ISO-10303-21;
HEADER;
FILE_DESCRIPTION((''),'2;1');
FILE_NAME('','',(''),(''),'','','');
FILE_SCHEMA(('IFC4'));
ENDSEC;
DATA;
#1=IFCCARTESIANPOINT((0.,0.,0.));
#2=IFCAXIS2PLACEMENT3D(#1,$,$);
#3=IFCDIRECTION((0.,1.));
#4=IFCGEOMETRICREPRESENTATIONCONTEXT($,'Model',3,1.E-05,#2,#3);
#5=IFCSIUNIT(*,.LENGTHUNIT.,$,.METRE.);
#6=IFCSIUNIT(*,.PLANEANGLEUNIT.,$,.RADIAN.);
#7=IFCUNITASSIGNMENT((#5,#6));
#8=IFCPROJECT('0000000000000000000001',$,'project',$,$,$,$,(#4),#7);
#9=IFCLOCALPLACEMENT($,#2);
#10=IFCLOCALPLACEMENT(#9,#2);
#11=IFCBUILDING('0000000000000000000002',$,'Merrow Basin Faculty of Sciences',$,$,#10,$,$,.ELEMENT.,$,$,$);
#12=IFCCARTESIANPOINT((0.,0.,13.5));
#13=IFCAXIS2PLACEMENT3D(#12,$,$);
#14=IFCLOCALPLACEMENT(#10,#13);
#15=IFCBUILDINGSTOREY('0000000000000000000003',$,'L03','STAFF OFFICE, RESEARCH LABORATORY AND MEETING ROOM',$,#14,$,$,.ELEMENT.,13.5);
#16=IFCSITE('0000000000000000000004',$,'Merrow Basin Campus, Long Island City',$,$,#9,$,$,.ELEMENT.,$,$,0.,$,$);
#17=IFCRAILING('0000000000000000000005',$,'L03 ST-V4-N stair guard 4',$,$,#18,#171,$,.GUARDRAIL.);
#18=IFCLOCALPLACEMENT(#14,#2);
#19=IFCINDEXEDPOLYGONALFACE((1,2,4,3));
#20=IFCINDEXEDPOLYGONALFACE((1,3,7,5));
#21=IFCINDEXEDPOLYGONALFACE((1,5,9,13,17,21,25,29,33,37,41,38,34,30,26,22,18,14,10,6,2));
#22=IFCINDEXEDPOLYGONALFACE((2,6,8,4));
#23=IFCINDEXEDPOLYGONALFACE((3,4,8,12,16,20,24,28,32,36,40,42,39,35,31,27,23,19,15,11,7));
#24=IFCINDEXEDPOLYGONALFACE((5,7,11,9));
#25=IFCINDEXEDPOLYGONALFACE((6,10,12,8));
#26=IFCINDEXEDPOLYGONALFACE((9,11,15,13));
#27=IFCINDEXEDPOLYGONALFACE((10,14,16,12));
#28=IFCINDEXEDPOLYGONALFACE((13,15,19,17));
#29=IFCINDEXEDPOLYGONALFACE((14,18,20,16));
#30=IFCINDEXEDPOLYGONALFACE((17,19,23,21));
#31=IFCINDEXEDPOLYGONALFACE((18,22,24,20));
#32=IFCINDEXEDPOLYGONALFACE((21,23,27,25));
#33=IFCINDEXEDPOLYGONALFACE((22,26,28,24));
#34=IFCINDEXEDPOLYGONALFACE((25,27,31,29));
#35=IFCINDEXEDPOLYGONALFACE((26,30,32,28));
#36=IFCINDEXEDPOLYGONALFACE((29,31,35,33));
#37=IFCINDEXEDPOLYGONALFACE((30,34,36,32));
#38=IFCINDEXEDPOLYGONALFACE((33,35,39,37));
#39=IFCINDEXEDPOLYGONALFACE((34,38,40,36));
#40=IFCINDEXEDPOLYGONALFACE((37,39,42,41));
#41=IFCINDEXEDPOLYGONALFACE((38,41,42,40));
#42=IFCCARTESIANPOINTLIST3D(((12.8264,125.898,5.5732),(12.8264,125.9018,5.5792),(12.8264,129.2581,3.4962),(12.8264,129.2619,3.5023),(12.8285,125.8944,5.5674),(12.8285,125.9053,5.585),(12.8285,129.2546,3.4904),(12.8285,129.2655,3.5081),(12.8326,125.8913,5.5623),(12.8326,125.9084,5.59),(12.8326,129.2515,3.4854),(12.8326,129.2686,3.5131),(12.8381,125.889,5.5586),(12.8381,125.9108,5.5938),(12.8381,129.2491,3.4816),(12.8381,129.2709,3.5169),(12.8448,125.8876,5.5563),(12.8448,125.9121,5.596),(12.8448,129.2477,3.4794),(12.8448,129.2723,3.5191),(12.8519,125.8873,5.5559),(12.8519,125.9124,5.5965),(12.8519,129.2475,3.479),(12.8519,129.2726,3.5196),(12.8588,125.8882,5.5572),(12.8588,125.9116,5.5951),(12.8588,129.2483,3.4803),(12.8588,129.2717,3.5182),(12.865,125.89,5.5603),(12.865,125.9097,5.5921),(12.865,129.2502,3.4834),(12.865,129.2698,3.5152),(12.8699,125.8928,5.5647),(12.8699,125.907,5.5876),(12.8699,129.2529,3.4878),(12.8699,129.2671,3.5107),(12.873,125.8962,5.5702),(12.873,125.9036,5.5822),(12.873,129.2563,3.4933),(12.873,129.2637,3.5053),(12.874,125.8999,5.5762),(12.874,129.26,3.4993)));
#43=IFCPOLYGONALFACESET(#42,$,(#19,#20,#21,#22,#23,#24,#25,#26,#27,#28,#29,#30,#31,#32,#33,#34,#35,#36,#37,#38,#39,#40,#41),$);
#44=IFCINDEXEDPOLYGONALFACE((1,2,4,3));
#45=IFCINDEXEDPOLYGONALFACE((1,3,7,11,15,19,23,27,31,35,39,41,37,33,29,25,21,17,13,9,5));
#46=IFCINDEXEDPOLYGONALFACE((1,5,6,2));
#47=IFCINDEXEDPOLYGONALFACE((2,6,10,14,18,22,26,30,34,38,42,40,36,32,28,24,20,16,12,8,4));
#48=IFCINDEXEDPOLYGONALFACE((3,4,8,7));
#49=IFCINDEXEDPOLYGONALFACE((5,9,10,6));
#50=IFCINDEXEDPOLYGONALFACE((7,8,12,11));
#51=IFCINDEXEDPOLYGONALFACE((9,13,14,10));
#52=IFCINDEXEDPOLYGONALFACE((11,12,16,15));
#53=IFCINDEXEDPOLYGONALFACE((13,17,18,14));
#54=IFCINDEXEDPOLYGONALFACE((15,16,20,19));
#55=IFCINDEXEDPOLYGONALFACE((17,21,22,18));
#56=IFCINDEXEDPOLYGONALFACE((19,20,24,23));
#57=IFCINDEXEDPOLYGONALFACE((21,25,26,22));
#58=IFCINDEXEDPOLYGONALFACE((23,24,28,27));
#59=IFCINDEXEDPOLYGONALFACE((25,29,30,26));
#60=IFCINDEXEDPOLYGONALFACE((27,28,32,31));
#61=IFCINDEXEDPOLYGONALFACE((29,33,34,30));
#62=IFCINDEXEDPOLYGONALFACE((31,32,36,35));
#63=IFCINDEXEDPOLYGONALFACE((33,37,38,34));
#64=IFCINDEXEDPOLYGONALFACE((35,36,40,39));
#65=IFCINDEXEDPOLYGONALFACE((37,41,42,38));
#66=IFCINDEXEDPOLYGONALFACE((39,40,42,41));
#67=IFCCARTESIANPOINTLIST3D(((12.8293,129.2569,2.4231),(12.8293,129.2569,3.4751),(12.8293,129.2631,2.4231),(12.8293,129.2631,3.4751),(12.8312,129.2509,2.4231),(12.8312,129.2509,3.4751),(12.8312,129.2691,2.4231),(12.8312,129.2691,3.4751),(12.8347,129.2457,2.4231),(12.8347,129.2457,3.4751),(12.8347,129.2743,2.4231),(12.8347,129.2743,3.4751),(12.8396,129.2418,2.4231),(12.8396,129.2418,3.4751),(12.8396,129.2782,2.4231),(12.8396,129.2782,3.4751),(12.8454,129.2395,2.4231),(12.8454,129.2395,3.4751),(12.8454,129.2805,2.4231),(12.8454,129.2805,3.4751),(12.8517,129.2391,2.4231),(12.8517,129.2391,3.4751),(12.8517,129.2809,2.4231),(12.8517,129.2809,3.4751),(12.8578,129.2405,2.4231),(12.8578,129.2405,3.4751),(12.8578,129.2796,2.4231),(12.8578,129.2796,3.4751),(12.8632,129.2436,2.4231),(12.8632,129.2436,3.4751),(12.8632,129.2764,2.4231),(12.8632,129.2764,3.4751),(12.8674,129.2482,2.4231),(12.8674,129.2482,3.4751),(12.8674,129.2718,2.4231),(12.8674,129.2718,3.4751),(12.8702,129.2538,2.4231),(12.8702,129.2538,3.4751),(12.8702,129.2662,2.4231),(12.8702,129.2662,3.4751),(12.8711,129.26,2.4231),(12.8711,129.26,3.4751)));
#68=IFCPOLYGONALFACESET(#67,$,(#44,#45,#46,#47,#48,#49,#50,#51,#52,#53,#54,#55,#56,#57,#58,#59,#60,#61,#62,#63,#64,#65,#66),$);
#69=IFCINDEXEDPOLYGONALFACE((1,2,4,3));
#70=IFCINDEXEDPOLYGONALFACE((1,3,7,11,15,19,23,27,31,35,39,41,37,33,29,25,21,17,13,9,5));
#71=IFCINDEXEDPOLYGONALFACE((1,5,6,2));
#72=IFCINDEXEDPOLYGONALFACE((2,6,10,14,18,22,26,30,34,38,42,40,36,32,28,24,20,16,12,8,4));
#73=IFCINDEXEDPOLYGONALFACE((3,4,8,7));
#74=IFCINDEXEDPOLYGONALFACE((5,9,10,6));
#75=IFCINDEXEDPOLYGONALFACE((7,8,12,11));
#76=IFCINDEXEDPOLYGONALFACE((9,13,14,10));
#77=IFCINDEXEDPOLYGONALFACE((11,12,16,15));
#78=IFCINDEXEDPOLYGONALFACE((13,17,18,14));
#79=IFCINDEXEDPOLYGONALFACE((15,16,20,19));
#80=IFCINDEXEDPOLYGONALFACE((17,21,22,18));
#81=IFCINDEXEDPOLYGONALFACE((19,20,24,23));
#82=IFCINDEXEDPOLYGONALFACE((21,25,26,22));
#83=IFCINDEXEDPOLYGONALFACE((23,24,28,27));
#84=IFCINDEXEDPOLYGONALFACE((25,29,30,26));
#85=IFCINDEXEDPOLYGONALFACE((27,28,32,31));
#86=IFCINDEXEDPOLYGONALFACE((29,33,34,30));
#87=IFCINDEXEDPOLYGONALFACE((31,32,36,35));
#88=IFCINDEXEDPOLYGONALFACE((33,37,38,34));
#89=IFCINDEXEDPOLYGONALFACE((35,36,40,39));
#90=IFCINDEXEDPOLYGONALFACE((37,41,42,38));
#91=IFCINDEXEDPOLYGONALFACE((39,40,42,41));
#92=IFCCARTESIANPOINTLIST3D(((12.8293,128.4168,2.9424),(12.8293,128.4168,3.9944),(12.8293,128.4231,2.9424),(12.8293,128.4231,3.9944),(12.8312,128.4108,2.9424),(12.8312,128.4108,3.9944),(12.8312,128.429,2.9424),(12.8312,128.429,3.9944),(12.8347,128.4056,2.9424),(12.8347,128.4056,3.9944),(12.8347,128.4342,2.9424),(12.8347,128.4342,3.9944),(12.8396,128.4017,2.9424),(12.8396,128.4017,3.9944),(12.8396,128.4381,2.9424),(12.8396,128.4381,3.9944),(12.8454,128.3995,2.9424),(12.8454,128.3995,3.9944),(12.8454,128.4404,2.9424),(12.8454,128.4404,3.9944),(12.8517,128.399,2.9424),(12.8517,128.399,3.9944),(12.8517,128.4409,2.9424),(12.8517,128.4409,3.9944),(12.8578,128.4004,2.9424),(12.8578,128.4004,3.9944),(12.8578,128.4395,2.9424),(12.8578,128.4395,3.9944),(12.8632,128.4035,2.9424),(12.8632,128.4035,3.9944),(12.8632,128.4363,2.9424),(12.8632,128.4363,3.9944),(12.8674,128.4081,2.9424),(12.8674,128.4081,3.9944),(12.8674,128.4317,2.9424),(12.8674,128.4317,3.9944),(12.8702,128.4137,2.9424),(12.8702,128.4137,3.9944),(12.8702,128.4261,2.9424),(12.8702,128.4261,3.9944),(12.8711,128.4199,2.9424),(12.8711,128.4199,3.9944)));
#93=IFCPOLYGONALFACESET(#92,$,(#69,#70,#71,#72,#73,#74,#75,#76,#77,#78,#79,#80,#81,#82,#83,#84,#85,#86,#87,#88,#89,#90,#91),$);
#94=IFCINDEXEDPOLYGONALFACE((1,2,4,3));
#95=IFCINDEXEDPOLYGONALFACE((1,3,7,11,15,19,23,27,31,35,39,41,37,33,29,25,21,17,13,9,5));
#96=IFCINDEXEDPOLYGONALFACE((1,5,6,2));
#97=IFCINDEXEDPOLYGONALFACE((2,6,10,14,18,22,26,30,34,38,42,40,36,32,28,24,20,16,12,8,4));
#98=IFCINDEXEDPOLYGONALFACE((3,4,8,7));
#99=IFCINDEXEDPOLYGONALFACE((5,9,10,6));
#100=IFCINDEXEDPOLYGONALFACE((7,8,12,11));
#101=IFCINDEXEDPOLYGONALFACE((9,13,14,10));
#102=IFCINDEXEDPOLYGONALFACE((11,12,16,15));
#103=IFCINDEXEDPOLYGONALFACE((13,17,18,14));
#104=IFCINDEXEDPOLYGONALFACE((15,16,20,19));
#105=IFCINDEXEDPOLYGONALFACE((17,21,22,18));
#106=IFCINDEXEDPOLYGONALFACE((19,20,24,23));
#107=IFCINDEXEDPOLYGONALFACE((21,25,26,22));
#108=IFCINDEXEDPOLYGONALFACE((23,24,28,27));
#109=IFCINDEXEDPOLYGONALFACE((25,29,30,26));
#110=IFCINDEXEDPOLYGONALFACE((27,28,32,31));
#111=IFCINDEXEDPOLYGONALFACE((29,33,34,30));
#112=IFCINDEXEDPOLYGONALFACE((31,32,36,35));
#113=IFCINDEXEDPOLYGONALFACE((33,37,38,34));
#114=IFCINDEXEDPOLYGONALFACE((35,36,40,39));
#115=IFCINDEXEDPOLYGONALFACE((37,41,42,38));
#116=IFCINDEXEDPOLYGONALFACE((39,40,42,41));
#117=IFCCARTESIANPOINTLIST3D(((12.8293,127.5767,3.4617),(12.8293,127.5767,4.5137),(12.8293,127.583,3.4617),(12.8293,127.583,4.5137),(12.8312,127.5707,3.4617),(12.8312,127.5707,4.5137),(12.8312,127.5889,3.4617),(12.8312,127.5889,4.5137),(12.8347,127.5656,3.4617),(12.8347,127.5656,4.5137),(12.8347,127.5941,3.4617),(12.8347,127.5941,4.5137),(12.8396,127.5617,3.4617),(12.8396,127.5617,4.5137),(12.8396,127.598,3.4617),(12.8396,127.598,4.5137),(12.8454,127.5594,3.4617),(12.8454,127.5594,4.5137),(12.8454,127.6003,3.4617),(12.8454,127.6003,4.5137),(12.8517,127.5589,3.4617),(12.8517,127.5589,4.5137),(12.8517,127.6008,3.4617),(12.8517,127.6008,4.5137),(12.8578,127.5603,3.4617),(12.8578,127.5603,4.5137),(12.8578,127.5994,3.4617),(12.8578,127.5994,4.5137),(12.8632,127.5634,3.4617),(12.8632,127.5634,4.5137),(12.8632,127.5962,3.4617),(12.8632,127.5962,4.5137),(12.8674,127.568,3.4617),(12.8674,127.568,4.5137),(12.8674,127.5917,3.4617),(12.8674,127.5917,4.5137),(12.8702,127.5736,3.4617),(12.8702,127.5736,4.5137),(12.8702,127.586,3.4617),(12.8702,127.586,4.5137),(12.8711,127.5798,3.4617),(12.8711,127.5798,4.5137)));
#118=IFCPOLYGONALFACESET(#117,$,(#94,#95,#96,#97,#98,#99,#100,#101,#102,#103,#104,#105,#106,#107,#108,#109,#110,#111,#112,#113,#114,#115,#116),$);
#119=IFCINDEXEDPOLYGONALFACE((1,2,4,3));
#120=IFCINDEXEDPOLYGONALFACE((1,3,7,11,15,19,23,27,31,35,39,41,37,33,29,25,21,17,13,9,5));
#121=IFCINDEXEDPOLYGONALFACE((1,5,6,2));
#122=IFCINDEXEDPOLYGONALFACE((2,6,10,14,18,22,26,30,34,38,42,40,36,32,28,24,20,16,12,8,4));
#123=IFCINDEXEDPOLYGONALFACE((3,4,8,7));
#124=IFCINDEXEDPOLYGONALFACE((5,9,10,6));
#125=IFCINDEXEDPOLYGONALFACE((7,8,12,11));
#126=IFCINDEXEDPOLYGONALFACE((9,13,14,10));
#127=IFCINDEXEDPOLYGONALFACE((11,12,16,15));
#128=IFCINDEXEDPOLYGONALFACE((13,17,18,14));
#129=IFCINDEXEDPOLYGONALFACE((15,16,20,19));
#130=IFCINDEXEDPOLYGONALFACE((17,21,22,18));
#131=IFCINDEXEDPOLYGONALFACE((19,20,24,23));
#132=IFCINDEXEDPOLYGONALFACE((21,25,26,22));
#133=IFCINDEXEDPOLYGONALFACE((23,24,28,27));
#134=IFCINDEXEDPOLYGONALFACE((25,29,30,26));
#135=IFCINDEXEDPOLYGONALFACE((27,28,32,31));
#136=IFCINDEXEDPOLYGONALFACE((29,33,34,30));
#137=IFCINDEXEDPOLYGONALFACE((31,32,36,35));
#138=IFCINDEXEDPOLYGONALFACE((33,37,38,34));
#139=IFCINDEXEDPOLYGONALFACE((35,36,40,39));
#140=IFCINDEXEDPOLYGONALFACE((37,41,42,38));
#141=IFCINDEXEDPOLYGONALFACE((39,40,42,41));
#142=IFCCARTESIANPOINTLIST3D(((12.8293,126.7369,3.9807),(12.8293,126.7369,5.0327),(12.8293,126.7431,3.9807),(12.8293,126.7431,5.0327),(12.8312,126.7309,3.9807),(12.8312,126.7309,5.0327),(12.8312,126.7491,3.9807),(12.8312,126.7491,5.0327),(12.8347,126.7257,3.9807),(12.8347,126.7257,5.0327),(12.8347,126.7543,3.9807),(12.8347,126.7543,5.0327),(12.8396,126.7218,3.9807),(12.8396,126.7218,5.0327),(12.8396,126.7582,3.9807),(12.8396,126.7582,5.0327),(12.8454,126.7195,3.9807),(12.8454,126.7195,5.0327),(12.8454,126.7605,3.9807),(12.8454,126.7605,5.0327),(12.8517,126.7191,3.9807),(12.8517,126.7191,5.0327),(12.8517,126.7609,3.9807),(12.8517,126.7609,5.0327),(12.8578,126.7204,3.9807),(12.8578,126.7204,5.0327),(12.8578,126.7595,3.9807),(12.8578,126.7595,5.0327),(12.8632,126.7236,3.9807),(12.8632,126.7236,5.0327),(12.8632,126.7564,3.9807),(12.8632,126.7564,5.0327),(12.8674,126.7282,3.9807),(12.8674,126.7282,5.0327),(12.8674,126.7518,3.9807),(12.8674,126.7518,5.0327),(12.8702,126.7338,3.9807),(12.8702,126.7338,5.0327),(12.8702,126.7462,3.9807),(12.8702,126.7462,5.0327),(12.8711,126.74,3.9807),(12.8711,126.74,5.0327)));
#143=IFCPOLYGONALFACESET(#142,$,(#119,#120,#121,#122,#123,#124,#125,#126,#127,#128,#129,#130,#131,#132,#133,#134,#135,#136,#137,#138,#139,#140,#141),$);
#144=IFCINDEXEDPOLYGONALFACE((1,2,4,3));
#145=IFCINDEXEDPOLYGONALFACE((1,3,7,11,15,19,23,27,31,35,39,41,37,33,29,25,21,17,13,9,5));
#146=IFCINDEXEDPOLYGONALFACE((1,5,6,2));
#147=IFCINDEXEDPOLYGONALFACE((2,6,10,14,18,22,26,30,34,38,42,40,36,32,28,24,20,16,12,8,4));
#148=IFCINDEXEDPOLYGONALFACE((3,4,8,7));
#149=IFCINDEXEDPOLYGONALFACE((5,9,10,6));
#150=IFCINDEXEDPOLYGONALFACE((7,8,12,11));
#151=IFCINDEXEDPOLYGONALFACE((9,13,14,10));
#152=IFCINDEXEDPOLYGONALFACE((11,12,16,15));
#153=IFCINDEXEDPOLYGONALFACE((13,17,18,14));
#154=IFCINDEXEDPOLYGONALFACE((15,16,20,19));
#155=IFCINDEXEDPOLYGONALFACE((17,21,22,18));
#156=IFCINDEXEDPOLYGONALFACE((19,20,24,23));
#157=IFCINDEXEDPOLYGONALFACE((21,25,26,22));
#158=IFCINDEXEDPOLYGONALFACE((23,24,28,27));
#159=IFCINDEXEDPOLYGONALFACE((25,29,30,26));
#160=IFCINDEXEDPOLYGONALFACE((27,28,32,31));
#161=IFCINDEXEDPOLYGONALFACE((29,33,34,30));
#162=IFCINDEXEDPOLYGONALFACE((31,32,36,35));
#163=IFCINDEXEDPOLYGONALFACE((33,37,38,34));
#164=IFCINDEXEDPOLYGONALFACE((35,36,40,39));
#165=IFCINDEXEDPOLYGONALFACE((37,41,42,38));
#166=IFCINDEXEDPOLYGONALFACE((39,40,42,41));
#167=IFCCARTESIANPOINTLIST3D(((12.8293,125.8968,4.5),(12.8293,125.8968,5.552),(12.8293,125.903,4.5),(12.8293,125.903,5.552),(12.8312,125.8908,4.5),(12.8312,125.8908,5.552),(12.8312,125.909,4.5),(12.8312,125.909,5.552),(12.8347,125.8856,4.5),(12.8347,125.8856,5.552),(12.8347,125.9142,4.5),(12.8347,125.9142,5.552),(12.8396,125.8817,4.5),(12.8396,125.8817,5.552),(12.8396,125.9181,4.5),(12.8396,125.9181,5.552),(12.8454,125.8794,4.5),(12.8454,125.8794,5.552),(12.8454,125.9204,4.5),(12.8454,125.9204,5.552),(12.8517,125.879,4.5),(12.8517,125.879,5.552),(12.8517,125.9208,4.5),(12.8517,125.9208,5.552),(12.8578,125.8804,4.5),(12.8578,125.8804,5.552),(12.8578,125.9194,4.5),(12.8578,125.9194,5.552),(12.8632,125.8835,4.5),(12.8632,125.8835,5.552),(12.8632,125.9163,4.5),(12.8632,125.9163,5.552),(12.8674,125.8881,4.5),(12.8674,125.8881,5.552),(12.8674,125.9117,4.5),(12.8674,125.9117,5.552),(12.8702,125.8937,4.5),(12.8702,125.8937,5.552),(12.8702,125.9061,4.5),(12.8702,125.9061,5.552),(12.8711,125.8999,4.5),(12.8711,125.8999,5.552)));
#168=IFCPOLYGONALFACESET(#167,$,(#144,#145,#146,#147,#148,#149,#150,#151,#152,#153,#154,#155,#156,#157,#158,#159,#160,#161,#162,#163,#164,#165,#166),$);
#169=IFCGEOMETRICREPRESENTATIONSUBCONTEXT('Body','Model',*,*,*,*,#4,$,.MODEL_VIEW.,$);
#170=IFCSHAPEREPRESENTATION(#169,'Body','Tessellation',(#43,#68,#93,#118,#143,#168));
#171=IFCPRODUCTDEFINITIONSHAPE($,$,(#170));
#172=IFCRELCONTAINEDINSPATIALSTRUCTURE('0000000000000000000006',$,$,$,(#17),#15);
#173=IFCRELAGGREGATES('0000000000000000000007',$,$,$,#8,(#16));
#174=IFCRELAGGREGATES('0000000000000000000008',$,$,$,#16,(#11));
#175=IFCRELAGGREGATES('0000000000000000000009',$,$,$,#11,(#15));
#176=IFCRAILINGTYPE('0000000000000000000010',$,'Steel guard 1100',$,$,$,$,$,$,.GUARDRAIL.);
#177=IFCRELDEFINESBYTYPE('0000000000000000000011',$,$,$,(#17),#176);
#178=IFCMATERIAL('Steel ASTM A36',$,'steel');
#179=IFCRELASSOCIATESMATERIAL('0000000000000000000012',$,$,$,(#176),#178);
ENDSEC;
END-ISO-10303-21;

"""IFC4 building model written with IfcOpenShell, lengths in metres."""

from ifc_helpers import new_model, si_unit, direction, frame, origin, origin_2d, place, context, subcontext, project, spatial, circle, extrude, material, type_object, element, save


model = new_model("IFC4")

# Units and contexts
model_context = context("Model", 3, precision=1e-05, world=origin(), true_north=direction((0.0, 1.0)))
body_context = subcontext(model_context, "Body", "Model", "MODEL_VIEW")
ifc_project = project(units=[si_unit("LENGTHUNIT", "METRE"), si_unit("PLANEANGLEUNIT", "RADIAN")], contexts=[model_context])

# Site, building, storey
site_placement = place(None, origin())
site = spatial("IfcSite", under=ifc_project, at=site_placement, Name="Merrow Basin Campus, Long Island City", CompositionType="ELEMENT", RefElevation=0.0)
building_placement = place(site_placement, origin())
building = spatial("IfcBuilding", under=site, at=building_placement, Name="Merrow Basin Faculty of Sciences", CompositionType="ELEMENT")
storey_placement = place(building_placement, frame((0.0, 0.0, 13.5)))
storey = spatial("IfcBuildingStorey", under=building, at=storey_placement, Name="L03", Description="STAFF OFFICE, RESEARCH LABORATORY AND MEETING ROOM", CompositionType="ELEMENT", Elevation=13.5)

# Railing
ifc_material_1 = material(Name="Steel ASTM A36", Category="steel")
railing_type_1 = type_object("IfcRailingType", Name="Steel guard 1100", PredefinedType="GUARDRAIL", material=ifc_material_1)
railing_1_placement = place(storey_placement, frame((12.8501, 129.26, 2.4231)))
element("IfcRailing", 1, at=railing_1_placement, inside=storey, type_object=railing_type_1, Name="L03 ST-V4-N stair guard 4", PredefinedType="GUARDRAIL", context=body_context, shape_type="SweptSolid", body=[
    extrude(circle(Radius=0.0239, at=origin_2d()), frame((0.0, 0.0, 1.0762), z_axis=(0.0, -0.850623, 0.525776), x_axis=(1.0, 0.0, 0.0)), (0.0, 0.0, 1.0), 3.9502),
    extrude(circle(Radius=0.021, at=origin_2d()), origin(), (0.0, 0.0, 1.0), 1.052),
    extrude(circle(Radius=0.021, at=origin_2d()), frame((0.0, -0.8401, 0.5193)), (0.0, 0.0, 1.0), 1.052),
    extrude(circle(Radius=0.021, at=origin_2d()), frame((0.0, -1.6802, 1.0386)), (0.0, 0.0, 1.0), 1.052),
    extrude(circle(Radius=0.021, at=origin_2d()), frame((0.0, -2.52, 1.5576)), (0.0, 0.0, 1.0), 1.052),
    extrude(circle(Radius=0.021, at=origin_2d()), frame((0.0, -3.3601, 2.0769)), (0.0, 0.0, 1.0), 1.052),
])

save(model, "model.ifc")
